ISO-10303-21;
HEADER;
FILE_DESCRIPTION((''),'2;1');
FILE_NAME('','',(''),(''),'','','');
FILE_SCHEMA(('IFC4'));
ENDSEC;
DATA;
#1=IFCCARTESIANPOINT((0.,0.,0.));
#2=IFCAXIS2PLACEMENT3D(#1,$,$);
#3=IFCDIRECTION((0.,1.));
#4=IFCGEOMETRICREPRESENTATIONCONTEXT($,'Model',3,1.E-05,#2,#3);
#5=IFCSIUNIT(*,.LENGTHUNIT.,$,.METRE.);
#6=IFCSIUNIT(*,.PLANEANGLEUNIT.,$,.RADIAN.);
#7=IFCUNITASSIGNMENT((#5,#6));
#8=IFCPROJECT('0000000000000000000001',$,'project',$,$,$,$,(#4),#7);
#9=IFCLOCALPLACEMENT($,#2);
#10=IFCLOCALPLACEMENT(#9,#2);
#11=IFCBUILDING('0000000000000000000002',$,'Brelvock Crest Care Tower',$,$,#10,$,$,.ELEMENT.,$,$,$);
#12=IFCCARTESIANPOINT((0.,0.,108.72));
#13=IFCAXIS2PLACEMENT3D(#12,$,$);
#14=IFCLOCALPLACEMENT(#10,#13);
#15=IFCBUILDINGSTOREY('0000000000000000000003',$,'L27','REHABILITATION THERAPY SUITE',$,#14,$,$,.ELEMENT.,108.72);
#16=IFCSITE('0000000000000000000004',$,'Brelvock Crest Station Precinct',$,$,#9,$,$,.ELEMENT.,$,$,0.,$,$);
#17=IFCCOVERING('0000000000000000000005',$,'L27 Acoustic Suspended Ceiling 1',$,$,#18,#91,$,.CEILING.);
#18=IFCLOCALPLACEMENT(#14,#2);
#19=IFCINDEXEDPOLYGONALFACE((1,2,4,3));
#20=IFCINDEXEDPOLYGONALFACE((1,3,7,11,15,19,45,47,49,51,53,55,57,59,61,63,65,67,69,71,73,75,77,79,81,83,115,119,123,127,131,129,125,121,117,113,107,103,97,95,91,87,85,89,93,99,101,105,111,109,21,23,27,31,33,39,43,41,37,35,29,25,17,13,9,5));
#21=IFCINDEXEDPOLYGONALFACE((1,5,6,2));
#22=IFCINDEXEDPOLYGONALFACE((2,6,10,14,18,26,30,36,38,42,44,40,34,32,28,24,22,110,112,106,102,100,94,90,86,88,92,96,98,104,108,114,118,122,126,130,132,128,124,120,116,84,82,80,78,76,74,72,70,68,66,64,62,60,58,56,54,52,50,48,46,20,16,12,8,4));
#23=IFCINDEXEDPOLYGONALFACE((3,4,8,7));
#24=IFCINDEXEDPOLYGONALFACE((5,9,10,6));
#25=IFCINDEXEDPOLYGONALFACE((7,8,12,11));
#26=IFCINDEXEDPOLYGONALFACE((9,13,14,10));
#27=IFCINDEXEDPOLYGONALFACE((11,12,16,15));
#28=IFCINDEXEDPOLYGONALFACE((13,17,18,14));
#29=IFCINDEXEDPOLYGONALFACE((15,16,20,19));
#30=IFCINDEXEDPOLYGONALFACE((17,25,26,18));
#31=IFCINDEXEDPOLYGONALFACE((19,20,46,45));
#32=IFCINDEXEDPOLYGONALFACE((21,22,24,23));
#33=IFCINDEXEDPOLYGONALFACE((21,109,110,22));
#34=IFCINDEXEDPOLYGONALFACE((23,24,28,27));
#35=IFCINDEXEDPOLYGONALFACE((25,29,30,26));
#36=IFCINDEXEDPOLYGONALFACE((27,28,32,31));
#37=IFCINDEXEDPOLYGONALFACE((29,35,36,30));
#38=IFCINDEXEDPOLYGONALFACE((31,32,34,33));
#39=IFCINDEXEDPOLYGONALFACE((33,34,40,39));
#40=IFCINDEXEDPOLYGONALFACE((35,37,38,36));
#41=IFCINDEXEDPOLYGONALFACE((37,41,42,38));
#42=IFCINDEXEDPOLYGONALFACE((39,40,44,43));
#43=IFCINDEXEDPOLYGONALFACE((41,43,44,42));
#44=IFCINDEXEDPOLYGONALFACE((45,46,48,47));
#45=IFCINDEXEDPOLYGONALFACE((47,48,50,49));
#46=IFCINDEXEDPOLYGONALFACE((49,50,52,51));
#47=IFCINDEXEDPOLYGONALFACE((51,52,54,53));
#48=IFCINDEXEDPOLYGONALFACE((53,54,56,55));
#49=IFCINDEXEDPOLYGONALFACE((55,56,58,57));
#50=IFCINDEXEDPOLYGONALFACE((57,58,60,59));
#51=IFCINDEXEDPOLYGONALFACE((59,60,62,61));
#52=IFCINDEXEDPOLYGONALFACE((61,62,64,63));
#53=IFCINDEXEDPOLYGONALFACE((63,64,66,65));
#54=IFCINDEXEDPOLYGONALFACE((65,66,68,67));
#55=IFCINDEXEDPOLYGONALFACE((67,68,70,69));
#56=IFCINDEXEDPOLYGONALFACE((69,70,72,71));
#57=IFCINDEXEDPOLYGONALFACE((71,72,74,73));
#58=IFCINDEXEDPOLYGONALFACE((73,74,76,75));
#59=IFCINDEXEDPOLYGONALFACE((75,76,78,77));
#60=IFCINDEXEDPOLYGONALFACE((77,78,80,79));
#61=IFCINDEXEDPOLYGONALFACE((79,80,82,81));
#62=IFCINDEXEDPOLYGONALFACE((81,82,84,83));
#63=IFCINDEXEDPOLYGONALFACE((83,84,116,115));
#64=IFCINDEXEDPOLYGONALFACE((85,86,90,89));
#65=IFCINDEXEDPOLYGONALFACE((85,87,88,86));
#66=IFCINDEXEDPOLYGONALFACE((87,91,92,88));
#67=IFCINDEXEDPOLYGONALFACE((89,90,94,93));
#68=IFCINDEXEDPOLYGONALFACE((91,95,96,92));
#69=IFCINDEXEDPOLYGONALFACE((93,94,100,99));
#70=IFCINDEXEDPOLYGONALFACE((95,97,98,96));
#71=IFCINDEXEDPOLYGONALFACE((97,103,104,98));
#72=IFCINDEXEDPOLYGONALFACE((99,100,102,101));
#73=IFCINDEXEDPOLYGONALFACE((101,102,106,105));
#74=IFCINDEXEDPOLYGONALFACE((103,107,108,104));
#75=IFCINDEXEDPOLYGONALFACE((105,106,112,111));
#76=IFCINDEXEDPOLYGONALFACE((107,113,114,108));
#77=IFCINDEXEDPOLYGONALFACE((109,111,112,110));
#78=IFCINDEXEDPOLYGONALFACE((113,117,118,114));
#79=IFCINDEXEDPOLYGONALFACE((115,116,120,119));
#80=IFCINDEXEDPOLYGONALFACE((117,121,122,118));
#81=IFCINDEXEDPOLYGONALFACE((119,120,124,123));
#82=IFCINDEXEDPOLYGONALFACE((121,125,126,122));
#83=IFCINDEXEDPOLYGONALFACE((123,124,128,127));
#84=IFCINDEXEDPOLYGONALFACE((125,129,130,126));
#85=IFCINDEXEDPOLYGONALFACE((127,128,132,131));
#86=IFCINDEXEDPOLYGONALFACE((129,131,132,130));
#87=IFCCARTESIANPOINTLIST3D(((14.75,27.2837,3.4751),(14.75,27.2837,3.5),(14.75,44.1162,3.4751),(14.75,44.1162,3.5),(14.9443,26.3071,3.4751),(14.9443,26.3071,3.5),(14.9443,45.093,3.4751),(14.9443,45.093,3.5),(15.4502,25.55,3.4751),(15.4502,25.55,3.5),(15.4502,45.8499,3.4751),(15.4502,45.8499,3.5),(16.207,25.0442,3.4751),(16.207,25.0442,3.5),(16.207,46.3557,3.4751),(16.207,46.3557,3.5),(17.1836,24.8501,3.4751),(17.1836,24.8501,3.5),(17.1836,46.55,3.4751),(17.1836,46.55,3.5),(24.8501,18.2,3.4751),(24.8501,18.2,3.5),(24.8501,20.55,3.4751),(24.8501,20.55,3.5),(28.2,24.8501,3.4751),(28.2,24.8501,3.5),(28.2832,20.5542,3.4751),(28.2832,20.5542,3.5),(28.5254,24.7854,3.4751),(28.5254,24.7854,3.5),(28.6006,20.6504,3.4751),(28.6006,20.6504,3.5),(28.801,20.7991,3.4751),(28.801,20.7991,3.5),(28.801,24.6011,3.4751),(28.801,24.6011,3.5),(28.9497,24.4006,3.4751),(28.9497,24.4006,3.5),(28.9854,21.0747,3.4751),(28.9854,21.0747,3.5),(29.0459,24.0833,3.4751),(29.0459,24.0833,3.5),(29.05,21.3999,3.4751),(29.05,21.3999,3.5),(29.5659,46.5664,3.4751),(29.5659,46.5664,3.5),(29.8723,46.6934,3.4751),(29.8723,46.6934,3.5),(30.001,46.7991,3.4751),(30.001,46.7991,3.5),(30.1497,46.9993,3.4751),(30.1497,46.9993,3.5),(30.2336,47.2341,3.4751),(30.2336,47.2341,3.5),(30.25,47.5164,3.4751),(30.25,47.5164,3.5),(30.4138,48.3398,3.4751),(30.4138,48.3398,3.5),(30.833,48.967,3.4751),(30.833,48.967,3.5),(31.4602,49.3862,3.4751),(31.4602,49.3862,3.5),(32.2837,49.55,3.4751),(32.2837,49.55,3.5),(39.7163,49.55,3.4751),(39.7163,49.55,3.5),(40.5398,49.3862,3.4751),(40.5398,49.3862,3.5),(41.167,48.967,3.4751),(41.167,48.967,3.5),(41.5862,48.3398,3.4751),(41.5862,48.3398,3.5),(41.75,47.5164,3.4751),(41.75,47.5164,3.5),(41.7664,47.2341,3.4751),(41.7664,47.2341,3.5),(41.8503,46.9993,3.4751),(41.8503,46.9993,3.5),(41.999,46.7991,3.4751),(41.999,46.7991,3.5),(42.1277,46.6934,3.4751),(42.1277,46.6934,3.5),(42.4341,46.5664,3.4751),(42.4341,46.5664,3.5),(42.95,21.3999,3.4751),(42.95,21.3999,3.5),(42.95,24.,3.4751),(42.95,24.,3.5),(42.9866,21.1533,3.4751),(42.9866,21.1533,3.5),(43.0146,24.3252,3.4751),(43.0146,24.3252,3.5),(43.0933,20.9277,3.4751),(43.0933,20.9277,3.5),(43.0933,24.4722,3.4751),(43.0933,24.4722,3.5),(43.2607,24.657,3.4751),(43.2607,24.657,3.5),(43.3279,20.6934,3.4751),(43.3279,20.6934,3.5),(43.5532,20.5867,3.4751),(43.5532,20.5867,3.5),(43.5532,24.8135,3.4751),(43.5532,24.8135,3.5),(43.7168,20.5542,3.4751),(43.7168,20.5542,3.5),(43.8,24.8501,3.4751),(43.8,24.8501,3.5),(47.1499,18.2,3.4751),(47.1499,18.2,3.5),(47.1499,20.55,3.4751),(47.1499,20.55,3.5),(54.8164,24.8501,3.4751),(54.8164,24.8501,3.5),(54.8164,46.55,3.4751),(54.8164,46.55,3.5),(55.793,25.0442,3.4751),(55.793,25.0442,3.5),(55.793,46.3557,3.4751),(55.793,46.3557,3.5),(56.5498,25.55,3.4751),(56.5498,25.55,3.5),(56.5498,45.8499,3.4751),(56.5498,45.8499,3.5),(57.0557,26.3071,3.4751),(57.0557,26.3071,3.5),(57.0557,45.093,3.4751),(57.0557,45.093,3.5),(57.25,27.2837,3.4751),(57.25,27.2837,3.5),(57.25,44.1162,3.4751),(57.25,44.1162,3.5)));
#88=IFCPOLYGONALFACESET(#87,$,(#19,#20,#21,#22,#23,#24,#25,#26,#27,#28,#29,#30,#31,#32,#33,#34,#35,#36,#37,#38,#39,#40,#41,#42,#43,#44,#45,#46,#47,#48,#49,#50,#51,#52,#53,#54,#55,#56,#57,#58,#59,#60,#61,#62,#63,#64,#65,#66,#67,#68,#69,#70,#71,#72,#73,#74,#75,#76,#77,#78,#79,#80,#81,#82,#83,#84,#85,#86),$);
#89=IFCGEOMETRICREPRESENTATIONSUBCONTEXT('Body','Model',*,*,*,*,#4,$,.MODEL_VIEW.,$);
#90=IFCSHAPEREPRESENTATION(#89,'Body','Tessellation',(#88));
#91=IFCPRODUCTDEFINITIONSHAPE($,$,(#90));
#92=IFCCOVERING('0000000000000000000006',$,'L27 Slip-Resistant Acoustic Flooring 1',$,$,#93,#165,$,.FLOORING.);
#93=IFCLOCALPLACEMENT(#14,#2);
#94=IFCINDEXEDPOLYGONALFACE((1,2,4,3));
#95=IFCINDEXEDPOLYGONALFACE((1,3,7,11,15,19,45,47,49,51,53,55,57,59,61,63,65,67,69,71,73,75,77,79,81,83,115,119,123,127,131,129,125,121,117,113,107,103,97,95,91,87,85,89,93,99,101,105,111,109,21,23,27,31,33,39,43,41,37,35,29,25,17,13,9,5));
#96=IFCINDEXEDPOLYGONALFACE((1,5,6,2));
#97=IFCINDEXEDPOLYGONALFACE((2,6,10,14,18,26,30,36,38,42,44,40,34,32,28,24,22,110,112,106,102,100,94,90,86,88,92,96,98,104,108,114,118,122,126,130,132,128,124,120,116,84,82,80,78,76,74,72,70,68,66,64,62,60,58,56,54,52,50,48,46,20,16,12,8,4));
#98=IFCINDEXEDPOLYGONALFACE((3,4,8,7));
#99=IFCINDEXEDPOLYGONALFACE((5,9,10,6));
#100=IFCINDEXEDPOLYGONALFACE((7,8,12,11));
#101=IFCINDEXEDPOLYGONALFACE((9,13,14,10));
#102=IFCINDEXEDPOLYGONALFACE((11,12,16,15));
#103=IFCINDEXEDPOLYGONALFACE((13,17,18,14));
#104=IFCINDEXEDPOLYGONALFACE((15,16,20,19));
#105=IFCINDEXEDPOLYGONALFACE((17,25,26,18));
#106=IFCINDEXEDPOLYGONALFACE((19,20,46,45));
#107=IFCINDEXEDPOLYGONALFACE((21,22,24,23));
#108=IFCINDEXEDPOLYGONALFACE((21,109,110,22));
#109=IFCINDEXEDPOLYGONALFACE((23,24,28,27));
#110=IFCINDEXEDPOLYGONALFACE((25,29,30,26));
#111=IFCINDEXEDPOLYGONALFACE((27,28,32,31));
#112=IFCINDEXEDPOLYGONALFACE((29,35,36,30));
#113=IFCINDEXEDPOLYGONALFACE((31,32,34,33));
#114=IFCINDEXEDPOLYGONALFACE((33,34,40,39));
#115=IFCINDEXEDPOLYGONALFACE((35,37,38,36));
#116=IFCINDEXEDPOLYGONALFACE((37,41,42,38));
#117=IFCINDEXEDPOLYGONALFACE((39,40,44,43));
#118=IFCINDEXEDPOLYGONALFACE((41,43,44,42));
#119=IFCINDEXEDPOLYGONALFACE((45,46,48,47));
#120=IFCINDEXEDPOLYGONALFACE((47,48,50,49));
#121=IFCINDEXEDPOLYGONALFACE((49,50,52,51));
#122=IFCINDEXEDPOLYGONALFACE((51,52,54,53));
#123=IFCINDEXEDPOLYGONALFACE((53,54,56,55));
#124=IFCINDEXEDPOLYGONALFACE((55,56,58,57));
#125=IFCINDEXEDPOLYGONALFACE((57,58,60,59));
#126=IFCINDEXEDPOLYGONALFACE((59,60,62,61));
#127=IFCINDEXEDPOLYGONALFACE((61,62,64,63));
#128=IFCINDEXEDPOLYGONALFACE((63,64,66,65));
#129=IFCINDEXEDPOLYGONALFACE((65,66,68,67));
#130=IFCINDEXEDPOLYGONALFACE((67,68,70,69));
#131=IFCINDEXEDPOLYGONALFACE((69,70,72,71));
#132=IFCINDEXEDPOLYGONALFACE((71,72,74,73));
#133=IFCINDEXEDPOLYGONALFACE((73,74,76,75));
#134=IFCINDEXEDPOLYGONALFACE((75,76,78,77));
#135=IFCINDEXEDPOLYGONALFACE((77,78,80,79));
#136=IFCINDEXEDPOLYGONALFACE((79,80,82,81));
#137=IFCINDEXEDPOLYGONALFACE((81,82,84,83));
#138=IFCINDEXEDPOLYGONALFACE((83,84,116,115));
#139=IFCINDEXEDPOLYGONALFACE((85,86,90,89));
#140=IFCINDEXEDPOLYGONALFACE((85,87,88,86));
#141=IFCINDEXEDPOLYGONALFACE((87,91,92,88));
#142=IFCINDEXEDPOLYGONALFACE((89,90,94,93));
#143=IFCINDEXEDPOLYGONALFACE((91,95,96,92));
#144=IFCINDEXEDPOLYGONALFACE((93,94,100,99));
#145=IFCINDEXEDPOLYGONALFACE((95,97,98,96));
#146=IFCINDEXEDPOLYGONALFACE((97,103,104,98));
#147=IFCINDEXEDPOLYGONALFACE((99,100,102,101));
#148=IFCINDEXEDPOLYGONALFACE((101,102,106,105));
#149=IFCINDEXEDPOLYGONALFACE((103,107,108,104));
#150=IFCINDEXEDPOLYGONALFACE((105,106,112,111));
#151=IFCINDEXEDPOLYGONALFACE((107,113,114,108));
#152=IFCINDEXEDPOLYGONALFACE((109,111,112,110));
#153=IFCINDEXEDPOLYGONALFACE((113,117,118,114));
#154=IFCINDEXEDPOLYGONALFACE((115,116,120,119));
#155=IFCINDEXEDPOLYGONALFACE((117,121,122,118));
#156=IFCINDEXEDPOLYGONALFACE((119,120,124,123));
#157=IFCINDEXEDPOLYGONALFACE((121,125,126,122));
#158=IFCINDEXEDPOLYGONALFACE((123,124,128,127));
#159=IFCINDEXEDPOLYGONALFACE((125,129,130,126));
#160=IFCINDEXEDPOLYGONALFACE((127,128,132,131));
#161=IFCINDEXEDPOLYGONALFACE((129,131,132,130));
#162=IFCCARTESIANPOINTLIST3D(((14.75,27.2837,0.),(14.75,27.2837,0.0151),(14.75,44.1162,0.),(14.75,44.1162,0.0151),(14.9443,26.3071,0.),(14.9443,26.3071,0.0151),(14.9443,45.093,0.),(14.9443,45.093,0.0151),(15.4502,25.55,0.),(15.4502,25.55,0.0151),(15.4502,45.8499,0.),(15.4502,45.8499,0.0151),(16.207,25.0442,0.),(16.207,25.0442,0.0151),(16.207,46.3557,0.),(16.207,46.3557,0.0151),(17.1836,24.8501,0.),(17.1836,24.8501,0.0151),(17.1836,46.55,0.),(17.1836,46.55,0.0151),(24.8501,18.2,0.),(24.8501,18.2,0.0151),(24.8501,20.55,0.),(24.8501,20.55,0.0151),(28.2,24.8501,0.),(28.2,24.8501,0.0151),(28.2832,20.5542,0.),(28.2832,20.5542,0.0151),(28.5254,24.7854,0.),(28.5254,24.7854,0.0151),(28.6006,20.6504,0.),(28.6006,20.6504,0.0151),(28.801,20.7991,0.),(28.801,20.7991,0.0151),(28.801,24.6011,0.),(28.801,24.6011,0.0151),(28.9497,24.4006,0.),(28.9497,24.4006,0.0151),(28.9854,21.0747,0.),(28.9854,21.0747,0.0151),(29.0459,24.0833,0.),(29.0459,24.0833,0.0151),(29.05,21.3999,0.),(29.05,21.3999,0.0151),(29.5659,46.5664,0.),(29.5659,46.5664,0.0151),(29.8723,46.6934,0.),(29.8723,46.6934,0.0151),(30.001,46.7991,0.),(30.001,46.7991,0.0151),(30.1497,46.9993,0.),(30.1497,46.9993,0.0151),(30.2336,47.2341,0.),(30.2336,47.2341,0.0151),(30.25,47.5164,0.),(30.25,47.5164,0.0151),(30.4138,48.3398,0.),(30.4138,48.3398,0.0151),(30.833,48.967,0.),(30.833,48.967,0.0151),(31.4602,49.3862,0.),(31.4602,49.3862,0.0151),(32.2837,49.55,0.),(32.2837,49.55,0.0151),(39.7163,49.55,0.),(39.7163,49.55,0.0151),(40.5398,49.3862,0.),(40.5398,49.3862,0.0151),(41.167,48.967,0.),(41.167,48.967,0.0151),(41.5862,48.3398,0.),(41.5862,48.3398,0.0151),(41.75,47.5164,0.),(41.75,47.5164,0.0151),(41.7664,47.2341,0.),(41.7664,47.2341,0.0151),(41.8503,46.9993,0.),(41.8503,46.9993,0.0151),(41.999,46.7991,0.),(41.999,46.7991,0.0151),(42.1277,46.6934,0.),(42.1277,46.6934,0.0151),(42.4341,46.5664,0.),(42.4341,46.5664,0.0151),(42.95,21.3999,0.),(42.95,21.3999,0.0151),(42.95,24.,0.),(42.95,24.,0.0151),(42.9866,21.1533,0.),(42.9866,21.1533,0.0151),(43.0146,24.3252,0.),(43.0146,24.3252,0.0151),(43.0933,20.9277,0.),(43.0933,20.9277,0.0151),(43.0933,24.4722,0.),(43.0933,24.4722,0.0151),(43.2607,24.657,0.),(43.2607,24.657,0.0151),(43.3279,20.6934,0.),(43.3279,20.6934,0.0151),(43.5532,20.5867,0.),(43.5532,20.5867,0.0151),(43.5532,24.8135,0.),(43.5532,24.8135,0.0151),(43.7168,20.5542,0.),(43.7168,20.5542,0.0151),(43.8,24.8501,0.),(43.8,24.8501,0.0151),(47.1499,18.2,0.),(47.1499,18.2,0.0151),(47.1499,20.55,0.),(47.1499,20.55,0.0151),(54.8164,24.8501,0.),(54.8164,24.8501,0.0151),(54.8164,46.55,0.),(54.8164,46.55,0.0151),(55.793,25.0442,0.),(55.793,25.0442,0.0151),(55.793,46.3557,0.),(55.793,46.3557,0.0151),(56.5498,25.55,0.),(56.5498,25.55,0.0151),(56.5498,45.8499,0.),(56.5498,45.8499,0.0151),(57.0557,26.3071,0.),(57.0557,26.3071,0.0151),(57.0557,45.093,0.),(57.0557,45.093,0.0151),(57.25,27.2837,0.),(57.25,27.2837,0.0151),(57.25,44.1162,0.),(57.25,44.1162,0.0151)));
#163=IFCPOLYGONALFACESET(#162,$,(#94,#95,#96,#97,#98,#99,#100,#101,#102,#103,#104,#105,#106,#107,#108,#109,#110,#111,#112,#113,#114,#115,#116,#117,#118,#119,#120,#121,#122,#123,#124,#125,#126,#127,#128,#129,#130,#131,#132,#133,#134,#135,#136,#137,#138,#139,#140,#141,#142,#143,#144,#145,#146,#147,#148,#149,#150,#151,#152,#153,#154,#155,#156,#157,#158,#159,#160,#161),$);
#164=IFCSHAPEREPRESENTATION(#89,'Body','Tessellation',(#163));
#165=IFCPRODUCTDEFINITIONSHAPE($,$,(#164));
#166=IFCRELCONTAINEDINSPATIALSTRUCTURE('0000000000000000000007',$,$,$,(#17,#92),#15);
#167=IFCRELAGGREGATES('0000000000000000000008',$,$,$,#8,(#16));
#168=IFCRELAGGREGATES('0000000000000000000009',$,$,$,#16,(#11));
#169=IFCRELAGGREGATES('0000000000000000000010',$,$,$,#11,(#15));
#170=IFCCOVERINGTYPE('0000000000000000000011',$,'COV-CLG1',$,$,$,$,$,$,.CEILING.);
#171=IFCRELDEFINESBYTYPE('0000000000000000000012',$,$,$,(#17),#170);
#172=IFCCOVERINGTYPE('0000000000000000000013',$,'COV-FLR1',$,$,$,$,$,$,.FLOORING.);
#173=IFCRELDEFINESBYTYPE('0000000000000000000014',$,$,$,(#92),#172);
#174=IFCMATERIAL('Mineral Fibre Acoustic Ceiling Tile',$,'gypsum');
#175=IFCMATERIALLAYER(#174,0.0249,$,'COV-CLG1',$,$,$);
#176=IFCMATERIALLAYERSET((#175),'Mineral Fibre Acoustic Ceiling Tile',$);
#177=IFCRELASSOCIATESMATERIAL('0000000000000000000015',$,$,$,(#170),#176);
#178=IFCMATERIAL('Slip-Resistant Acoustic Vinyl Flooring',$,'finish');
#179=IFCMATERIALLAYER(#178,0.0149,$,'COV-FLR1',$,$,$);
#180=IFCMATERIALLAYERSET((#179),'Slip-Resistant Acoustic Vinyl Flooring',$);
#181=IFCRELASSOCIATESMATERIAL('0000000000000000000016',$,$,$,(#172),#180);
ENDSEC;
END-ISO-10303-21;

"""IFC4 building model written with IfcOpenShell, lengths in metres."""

from ifc_helpers import new_model, si_unit, direction, frame, origin, place, context, subcontext, project, spatial, polyline, outline, extrude, material, layer, layer_set, type_object, element, save


model = new_model("IFC4")

# Units and contexts
model_context = context("Model", 3, precision=1e-05, world=origin(), true_north=direction((0.0, 1.0)))
body_context = subcontext(model_context, "Body", "Model", "MODEL_VIEW")
ifc_project = project(units=[si_unit("LENGTHUNIT", "METRE"), si_unit("PLANEANGLEUNIT", "RADIAN")], contexts=[model_context])

# Site, building, storey
site_placement = place(None, origin())
site = spatial("IfcSite", under=ifc_project, at=site_placement, Name="Brelvock Crest Station Precinct", CompositionType="ELEMENT", RefElevation=0.0)
building_placement = place(site_placement, origin())
building = spatial("IfcBuilding", under=site, at=building_placement, Name="Brelvock Crest Care Tower", CompositionType="ELEMENT")
storey_placement = place(building_placement, frame((0.0, 0.0, 108.72)))
storey = spatial("IfcBuildingStorey", under=building, at=storey_placement, Name="L27", Description="REHABILITATION THERAPY SUITE", CompositionType="ELEMENT", Elevation=108.72)

# Coverings
ifc_material_1 = material(Name="Mineral Fibre Acoustic Ceiling Tile", Category="gypsum")
ifc_layer_1 = layer(ifc_material_1, 0.0249, Name="COV-CLG1")
ifc_layer_set_1 = layer_set([ifc_layer_1], Name="Mineral Fibre Acoustic Ceiling Tile")
covering_type_1 = type_object("IfcCoveringType", Name="COV-CLG1", PredefinedType="CEILING", material=ifc_layer_set_1)
covering_1_placement = place(storey_placement, frame((0.0, 0.0, 3.4751)))
element("IfcCovering", 1, at=covering_1_placement, inside=storey, type_object=covering_type_1, Name="L27 Acoustic Suspended Ceiling 1", PredefinedType="CEILING", context=body_context, shape_type="SweptSolid", body=[
    extrude(outline(polyline([(24.8501, 18.2), (47.1499, 18.2), (47.1499, 20.55), (43.7168, 20.5542), (43.5532, 20.5867), (43.3279, 20.6934), (43.0933, 20.9277), (42.9866, 21.1533), (42.95, 21.3999), (42.95, 24.0), (43.0146, 24.3252), (43.0933, 24.4722), (43.2607, 24.657), (43.5532, 24.8135), (43.8, 24.8501), (54.8164, 24.8501), (55.793, 25.0442), (56.5498, 25.55), (57.0557, 26.3071), (57.25, 27.2837), (57.25, 44.1162), (57.0557, 45.093), (56.5498, 45.8499), (55.793, 46.3557), (54.8164, 46.55), (42.4341, 46.5664), (42.1277, 46.6934), (41.999, 46.7991), (41.8503, 46.9993), (41.7664, 47.2341), (41.75, 47.5164), (41.5862, 48.3398), (41.167, 48.967), (40.5398, 49.3862), (39.7163, 49.55), (32.2837, 49.55), (31.4602, 49.3862), (30.833, 48.967), (30.4138, 48.3398), (30.25, 47.5164), (30.2336, 47.2341), (30.1497, 46.9993), (30.001, 46.7991), (29.8723, 46.6934), (29.5659, 46.5664), (17.1836, 46.55), (16.207, 46.3557), (15.4502, 45.8499), (14.9443, 45.093), (14.75, 44.1162), (14.75, 27.2837), (14.9443, 26.3071), (15.4502, 25.55), (16.207, 25.0442), (17.1836, 24.8501), (28.2, 24.8501), (28.5254, 24.7854), (28.801, 24.6011), (28.9497, 24.4006), (29.0459, 24.0833), (29.05, 21.3999), (28.9854, 21.0747), (28.801, 20.7991), (28.6006, 20.6504), (28.2832, 20.5542), (24.8501, 20.55), (24.8501, 18.2)])), origin(), (0.0, 0.0, 1.0), 0.0249),
])
ifc_material_2 = material(Name="Slip-Resistant Acoustic Vinyl Flooring", Category="finish")
ifc_layer_2 = layer(ifc_material_2, 0.0149, Name="COV-FLR1")
ifc_layer_set_2 = layer_set([ifc_layer_2], Name="Slip-Resistant Acoustic Vinyl Flooring")
covering_type_2 = type_object("IfcCoveringType", Name="COV-FLR1", PredefinedType="FLOORING", material=ifc_layer_set_2)
covering_2_placement = place(storey_placement, origin())
element("IfcCovering", 2, at=covering_2_placement, inside=storey, type_object=covering_type_2, Name="L27 Slip-Resistant Acoustic Flooring 1", PredefinedType="FLOORING", context=body_context, shape_type="SweptSolid", body=[
    extrude(outline(polyline([(24.8501, 18.2), (47.1499, 18.2), (47.1499, 20.55), (43.7168, 20.5542), (43.5532, 20.5867), (43.3279, 20.6934), (43.0933, 20.9277), (42.9866, 21.1533), (42.95, 21.3999), (42.95, 24.0), (43.0146, 24.3252), (43.0933, 24.4722), (43.2607, 24.657), (43.5532, 24.8135), (43.8, 24.8501), (54.8164, 24.8501), (55.793, 25.0442), (56.5498, 25.55), (57.0557, 26.3071), (57.25, 27.2837), (57.25, 44.1162), (57.0557, 45.093), (56.5498, 45.8499), (55.793, 46.3557), (54.8164, 46.55), (42.4341, 46.5664), (42.1277, 46.6934), (41.999, 46.7991), (41.8503, 46.9993), (41.7664, 47.2341), (41.75, 47.5164), (41.5862, 48.3398), (41.167, 48.967), (40.5398, 49.3862), (39.7163, 49.55), (32.2837, 49.55), (31.4602, 49.3862), (30.833, 48.967), (30.4138, 48.3398), (30.25, 47.5164), (30.2336, 47.2341), (30.1497, 46.9993), (30.001, 46.7991), (29.8723, 46.6934), (29.5659, 46.5664), (17.1836, 46.55), (16.207, 46.3557), (15.4502, 45.8499), (14.9443, 45.093), (14.75, 44.1162), (14.75, 27.2837), (14.9443, 26.3071), (15.4502, 25.55), (16.207, 25.0442), (17.1836, 24.8501), (28.2, 24.8501), (28.5254, 24.7854), (28.801, 24.6011), (28.9497, 24.4006), (29.0459, 24.0833), (29.05, 21.3999), (28.9854, 21.0747), (28.801, 20.7991), (28.6006, 20.6504), (28.2832, 20.5542), (24.8501, 20.55), (24.8501, 18.2)])), origin(), (0.0, 0.0, 1.0), 0.0151),
])

save(model, "model.ifc")
